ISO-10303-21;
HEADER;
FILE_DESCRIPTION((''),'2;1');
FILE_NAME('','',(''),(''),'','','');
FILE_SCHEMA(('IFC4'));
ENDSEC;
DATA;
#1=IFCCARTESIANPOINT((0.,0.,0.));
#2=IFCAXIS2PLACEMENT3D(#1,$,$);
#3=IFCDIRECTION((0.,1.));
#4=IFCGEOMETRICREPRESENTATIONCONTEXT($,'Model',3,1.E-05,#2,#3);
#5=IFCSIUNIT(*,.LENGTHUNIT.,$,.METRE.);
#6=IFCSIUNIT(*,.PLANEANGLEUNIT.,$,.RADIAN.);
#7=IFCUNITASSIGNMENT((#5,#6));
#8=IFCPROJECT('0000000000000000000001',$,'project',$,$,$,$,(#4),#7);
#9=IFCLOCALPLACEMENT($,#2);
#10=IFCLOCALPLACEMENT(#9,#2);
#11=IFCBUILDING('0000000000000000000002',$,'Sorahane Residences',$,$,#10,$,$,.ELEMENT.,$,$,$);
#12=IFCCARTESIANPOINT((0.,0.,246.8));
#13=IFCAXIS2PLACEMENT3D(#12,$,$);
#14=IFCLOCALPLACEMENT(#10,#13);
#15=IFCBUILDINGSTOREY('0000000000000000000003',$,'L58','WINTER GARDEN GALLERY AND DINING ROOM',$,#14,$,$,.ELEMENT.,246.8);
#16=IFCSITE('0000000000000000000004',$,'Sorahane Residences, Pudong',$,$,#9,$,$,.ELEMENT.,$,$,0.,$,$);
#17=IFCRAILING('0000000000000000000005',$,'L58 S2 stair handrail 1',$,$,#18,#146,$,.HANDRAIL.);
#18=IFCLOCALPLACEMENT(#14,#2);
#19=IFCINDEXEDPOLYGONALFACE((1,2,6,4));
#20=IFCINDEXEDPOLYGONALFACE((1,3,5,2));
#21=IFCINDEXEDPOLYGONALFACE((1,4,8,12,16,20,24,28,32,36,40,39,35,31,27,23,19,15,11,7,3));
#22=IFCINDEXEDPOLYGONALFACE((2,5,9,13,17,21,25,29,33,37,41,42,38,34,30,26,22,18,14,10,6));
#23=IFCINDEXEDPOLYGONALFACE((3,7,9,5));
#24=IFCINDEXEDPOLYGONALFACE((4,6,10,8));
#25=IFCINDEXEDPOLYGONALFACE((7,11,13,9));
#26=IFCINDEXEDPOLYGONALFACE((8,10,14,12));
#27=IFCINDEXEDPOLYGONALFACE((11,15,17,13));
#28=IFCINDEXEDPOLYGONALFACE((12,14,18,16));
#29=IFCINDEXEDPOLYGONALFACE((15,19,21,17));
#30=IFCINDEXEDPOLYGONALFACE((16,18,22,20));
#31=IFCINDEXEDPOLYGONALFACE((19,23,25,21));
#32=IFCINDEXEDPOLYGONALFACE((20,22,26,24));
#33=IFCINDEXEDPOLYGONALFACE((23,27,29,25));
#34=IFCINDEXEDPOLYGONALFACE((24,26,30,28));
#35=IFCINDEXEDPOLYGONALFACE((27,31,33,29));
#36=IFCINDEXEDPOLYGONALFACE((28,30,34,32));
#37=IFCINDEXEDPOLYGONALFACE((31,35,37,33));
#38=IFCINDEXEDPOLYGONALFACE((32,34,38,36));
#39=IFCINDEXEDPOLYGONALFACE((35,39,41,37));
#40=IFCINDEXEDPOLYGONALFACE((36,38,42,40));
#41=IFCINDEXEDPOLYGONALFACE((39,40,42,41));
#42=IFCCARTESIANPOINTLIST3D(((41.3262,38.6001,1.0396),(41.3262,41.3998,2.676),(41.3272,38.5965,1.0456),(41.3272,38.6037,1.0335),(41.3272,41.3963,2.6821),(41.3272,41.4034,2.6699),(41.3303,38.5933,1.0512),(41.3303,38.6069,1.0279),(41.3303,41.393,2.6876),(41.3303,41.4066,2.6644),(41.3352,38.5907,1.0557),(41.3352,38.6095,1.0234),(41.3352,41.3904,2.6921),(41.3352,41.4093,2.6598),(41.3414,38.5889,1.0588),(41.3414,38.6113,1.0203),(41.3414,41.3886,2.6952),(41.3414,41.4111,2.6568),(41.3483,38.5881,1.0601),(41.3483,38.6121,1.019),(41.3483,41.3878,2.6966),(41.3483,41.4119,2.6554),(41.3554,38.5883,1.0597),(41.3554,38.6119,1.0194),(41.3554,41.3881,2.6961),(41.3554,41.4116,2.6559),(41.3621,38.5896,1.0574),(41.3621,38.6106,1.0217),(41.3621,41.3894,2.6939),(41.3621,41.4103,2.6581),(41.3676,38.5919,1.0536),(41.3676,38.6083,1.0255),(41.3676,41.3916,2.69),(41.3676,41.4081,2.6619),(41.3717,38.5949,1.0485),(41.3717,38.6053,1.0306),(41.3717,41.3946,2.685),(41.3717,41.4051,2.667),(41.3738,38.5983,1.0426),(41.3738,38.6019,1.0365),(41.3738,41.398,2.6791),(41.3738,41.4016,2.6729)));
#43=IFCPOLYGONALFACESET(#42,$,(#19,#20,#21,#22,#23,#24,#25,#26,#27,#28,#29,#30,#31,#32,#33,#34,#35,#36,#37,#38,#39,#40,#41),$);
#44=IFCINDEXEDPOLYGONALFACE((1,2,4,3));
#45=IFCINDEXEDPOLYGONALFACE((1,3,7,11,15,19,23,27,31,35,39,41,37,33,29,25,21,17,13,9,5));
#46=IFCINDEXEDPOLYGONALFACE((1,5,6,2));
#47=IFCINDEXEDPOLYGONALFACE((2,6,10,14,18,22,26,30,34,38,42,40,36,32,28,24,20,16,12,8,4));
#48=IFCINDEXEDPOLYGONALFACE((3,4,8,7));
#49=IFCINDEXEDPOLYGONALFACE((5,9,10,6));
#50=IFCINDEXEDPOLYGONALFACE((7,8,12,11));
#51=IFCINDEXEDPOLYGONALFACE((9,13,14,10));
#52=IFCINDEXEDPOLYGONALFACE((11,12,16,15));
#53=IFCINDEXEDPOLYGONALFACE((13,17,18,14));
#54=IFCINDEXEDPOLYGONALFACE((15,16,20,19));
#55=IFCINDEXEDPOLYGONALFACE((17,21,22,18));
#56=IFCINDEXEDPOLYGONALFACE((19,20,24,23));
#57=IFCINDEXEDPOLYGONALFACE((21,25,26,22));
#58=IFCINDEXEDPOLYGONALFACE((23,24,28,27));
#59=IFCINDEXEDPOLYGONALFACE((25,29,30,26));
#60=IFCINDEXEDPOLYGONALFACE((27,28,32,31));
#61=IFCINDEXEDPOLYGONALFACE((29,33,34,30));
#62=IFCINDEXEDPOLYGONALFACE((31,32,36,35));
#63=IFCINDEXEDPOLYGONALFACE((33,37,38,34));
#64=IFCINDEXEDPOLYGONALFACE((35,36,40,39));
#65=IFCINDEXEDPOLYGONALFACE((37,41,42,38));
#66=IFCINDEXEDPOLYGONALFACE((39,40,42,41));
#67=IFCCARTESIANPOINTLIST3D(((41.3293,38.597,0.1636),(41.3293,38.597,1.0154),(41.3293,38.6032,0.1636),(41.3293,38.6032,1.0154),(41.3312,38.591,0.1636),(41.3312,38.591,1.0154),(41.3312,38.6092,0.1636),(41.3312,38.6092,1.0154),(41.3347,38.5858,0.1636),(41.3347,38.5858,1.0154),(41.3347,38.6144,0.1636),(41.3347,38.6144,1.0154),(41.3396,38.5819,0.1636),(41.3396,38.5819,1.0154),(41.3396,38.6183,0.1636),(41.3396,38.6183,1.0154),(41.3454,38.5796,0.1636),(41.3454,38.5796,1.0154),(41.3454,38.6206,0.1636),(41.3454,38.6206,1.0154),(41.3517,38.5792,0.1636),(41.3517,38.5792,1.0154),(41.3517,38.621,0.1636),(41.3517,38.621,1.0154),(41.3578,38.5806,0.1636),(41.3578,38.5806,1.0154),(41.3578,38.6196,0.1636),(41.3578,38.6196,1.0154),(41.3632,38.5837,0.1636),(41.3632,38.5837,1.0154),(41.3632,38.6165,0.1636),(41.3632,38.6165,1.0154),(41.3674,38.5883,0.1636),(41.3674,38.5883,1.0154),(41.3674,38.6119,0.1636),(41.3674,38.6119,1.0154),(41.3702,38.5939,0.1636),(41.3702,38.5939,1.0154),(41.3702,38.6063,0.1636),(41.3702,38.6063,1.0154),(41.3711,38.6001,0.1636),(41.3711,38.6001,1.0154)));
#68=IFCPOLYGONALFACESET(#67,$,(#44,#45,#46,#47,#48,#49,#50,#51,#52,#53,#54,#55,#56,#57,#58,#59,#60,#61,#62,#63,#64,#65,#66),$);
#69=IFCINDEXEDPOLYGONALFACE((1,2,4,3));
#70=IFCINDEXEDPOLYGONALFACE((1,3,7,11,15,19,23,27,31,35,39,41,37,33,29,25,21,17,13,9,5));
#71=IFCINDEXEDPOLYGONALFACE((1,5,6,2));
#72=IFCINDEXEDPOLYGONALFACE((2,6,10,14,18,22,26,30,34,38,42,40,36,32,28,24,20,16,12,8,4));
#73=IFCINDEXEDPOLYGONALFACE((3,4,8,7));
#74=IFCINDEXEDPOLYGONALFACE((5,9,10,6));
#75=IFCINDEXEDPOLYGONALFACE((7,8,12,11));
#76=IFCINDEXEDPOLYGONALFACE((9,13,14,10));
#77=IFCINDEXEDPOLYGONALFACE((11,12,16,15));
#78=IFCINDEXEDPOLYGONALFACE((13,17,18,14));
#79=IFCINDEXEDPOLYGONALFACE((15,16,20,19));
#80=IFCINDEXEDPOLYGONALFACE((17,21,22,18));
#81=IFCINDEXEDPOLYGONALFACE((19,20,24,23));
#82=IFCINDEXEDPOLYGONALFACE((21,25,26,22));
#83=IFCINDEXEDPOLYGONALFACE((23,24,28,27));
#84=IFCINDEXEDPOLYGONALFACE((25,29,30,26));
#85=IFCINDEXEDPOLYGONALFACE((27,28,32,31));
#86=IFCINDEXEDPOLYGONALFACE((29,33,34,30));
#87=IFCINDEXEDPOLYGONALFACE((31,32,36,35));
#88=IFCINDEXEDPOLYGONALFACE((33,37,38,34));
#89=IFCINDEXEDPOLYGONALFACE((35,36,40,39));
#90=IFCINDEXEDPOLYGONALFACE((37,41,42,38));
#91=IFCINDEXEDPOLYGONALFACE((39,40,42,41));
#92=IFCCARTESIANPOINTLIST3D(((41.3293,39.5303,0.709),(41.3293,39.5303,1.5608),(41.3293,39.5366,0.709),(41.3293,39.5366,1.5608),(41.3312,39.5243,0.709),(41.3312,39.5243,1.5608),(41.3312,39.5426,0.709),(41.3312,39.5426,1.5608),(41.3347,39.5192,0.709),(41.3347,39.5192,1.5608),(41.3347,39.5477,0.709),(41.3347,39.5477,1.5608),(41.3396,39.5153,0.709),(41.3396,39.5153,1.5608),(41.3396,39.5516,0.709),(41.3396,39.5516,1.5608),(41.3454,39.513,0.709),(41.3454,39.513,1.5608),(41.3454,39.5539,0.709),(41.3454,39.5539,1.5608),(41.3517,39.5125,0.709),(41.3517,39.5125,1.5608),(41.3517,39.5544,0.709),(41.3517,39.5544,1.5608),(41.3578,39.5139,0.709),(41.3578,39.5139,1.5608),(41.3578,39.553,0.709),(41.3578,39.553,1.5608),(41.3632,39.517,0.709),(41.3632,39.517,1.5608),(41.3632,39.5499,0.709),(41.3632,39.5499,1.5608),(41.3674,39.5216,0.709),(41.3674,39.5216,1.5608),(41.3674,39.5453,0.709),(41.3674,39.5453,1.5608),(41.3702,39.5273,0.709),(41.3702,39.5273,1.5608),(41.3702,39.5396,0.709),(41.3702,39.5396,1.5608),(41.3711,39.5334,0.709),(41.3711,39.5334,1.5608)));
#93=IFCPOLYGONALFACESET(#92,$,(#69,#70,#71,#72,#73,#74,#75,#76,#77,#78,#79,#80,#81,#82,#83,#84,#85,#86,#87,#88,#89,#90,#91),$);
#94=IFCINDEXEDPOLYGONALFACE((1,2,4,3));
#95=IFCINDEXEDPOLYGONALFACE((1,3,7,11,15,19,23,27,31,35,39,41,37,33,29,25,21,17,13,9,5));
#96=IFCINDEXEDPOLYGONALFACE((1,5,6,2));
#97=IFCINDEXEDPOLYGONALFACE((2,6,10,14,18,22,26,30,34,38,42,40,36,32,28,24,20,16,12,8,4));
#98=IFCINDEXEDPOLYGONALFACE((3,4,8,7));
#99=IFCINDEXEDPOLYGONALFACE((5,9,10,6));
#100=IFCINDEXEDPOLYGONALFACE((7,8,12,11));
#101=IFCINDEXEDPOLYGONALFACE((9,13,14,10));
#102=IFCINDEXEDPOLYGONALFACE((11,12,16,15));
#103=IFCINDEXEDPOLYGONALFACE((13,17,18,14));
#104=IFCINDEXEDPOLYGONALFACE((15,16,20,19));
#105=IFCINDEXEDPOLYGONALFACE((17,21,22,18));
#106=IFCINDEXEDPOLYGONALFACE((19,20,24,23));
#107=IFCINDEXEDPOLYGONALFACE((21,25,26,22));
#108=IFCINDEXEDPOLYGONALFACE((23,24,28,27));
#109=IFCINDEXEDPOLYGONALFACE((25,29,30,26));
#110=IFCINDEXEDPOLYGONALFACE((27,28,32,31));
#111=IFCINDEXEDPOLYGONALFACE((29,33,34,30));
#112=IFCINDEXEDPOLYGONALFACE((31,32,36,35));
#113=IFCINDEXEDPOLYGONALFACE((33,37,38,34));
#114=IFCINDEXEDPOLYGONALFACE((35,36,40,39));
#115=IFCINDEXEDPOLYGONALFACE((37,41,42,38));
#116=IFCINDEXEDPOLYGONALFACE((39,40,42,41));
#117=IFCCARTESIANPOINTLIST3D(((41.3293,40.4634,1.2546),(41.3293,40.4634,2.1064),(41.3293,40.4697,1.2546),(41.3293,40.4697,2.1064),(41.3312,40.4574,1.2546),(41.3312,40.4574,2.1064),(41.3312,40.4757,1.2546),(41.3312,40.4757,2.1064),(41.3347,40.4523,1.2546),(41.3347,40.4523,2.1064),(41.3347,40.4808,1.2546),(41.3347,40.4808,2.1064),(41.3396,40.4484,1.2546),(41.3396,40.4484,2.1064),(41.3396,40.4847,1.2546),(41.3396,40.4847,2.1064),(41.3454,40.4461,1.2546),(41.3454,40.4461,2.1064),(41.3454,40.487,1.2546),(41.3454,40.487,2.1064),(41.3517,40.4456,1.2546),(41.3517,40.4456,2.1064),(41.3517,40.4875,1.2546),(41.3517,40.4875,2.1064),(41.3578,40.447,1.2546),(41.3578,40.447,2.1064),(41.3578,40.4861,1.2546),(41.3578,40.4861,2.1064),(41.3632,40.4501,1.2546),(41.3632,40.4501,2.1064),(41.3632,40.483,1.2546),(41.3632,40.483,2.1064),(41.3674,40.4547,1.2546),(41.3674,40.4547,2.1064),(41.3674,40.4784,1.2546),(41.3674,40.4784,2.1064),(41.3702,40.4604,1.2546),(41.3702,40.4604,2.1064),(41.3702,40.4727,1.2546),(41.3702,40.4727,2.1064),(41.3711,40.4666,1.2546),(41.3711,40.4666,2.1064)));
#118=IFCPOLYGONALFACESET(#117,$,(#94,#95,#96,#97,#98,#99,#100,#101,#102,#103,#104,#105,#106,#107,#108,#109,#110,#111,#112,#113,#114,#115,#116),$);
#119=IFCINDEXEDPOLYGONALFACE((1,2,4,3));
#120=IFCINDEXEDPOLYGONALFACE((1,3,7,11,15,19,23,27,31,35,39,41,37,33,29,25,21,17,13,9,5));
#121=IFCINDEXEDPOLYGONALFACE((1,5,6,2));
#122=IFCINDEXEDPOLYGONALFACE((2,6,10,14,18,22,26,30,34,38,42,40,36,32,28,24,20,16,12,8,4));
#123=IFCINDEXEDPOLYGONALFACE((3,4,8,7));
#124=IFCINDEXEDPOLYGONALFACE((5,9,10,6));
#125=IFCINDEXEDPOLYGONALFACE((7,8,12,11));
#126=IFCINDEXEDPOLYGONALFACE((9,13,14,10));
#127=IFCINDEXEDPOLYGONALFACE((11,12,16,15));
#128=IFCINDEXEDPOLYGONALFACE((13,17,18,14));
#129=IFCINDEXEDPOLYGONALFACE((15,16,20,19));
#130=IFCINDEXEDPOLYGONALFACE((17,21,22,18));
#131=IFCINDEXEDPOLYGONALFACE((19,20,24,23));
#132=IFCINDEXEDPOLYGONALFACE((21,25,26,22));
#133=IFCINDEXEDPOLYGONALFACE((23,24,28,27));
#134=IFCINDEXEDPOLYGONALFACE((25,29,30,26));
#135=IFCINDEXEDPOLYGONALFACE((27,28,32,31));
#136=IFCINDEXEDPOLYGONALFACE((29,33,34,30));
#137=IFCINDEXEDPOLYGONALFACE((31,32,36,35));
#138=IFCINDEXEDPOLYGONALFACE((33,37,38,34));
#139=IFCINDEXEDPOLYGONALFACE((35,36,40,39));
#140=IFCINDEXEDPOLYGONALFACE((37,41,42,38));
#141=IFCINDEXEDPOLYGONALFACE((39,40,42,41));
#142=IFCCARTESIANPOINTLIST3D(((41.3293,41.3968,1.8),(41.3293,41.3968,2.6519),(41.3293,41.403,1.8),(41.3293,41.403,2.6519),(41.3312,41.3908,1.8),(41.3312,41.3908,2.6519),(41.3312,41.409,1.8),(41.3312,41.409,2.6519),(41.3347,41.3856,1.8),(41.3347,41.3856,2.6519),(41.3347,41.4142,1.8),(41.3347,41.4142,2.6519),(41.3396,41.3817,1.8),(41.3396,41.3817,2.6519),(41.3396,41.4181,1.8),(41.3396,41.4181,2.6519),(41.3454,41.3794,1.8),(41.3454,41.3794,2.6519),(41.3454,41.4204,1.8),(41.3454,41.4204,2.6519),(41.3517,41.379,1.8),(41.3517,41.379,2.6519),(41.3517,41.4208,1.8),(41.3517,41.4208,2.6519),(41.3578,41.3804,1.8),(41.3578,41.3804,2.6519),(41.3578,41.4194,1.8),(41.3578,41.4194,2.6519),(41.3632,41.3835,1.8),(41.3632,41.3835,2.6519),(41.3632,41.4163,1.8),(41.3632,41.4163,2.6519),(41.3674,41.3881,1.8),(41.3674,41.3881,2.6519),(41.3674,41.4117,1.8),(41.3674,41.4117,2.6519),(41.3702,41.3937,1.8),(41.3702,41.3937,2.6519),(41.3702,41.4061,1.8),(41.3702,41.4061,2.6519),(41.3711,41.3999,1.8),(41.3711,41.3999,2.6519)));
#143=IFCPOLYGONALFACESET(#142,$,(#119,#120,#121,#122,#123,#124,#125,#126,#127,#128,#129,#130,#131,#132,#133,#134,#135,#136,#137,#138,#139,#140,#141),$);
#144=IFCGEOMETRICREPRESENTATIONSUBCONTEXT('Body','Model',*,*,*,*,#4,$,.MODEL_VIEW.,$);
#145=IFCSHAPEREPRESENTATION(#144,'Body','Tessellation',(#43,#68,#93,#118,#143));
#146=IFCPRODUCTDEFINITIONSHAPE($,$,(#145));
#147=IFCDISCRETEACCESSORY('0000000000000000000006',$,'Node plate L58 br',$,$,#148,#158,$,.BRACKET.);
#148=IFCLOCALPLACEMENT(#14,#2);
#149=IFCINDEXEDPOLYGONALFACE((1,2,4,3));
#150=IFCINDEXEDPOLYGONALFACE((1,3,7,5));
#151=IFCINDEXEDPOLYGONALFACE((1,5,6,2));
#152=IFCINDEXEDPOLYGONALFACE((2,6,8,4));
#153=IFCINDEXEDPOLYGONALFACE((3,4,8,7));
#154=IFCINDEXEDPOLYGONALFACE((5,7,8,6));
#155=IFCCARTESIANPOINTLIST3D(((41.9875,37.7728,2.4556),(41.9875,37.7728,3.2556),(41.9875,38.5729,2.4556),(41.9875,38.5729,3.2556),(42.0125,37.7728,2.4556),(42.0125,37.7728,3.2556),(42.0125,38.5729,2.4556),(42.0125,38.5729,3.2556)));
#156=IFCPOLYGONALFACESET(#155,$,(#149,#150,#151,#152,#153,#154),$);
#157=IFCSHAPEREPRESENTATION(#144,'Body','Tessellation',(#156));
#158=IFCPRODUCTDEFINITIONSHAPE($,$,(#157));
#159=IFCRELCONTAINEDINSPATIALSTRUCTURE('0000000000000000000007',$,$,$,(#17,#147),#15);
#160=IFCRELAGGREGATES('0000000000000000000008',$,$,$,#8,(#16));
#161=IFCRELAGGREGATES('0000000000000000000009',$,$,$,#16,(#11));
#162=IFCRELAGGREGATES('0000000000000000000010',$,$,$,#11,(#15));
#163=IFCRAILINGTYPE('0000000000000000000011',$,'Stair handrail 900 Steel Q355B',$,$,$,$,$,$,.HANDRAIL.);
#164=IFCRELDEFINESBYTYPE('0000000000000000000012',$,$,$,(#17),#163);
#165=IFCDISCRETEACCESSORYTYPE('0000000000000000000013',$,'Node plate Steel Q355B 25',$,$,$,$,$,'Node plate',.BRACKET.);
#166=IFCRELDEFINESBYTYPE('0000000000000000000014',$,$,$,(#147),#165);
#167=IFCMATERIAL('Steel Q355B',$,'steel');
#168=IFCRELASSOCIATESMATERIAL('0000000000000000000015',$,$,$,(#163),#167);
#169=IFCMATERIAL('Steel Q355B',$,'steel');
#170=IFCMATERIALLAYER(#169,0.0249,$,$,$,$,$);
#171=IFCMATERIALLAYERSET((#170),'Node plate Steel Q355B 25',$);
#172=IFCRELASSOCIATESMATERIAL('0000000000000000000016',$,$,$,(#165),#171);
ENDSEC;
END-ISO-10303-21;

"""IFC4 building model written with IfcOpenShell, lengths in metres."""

from ifc_helpers import new_model, si_unit, direction, frame, origin, origin_2d, place, context, subcontext, project, spatial, rectangle, circle, extrude, material, layer, layer_set, type_object, element, save


model = new_model("IFC4")

# Units and contexts
model_context = context("Model", 3, precision=1e-05, world=origin(), true_north=direction((0.0, 1.0)))
body_context = subcontext(model_context, "Body", "Model", "MODEL_VIEW")
ifc_project = project(units=[si_unit("LENGTHUNIT", "METRE"), si_unit("PLANEANGLEUNIT", "RADIAN")], contexts=[model_context])

# Site, building, storey
site_placement = place(None, origin())
site = spatial("IfcSite", under=ifc_project, at=site_placement, Name="Sorahane Residences, Pudong", CompositionType="ELEMENT", RefElevation=0.0)
building_placement = place(site_placement, origin())
building = spatial("IfcBuilding", under=site, at=building_placement, Name="Sorahane Residences", CompositionType="ELEMENT")
storey_placement = place(building_placement, frame((0.0, 0.0, 246.8)))
storey = spatial("IfcBuildingStorey", under=building, at=storey_placement, Name="L58", Description="WINTER GARDEN GALLERY AND DINING ROOM", CompositionType="ELEMENT", Elevation=246.8)

# Railing
ifc_material_1 = material(Name="Steel Q355B", Category="steel")
railing_type_1 = type_object("IfcRailingType", Name="Stair handrail 900 Steel Q355B", PredefinedType="HANDRAIL", material=ifc_material_1)
railing_1_placement = place(storey_placement, frame((41.3501, 38.6001, 0.1636)))
element("IfcRailing", 1, at=railing_1_placement, inside=storey, type_object=railing_type_1, Name="L58 S2 stair handrail 1", PredefinedType="HANDRAIL", context=body_context, shape_type="SweptSolid", body=[
    extrude(circle(Radius=0.0239, at=origin_2d()), frame((0.0, 0.0, 0.876), z_axis=(0.0, 0.863342, 0.50462), x_axis=(-1.0, 0.0, 0.0)), (0.0, 0.0, 1.0), 3.2429),
    extrude(circle(Radius=0.021, at=origin_2d()), origin(), (0.0, 0.0, 1.0), 0.8518),
    extrude(circle(Radius=0.021, at=origin_2d()), frame((0.0, 0.9333, 0.5454)), (0.0, 0.0, 1.0), 0.8518),
    extrude(circle(Radius=0.021, at=origin_2d()), frame((0.0, 1.8665, 1.0911)), (0.0, 0.0, 1.0), 0.8518),
    extrude(circle(Radius=0.021, at=origin_2d()), frame((0.0, 2.7998, 1.6365)), (0.0, 0.0, 1.0), 0.8518),
])

# Discrete accessory
ifc_material_2 = material(Name="Steel Q355B", Category="steel")
ifc_layer_1 = layer(ifc_material_2, 0.0249)
ifc_layer_set_1 = layer_set([ifc_layer_1], Name="Node plate Steel Q355B 25")
discrete_accessory_type = type_object("IfcDiscreteAccessoryType", Name="Node plate Steel Q355B 25", ElementType="Node plate", PredefinedType="BRACKET", material=ifc_layer_set_1)
discrete_accessory_placement = place(storey_placement, frame((42.0, 38.1729, 2.4556), z_axis=(0.0, 0.0, 1.0), x_axis=(0.0, 1.0, 0.0)))
element("IfcDiscreteAccessory", 2, at=discrete_accessory_placement, inside=storey, type_object=discrete_accessory_type, Name="Node plate L58 br", PredefinedType="BRACKET", context=body_context, shape_type="SweptSolid", body=[
    extrude(rectangle(XDim=0.8, YDim=0.0249, at=origin_2d()), origin(), (0.0, 0.0, 1.0), 0.8),
])

save(model, "model.ifc")
